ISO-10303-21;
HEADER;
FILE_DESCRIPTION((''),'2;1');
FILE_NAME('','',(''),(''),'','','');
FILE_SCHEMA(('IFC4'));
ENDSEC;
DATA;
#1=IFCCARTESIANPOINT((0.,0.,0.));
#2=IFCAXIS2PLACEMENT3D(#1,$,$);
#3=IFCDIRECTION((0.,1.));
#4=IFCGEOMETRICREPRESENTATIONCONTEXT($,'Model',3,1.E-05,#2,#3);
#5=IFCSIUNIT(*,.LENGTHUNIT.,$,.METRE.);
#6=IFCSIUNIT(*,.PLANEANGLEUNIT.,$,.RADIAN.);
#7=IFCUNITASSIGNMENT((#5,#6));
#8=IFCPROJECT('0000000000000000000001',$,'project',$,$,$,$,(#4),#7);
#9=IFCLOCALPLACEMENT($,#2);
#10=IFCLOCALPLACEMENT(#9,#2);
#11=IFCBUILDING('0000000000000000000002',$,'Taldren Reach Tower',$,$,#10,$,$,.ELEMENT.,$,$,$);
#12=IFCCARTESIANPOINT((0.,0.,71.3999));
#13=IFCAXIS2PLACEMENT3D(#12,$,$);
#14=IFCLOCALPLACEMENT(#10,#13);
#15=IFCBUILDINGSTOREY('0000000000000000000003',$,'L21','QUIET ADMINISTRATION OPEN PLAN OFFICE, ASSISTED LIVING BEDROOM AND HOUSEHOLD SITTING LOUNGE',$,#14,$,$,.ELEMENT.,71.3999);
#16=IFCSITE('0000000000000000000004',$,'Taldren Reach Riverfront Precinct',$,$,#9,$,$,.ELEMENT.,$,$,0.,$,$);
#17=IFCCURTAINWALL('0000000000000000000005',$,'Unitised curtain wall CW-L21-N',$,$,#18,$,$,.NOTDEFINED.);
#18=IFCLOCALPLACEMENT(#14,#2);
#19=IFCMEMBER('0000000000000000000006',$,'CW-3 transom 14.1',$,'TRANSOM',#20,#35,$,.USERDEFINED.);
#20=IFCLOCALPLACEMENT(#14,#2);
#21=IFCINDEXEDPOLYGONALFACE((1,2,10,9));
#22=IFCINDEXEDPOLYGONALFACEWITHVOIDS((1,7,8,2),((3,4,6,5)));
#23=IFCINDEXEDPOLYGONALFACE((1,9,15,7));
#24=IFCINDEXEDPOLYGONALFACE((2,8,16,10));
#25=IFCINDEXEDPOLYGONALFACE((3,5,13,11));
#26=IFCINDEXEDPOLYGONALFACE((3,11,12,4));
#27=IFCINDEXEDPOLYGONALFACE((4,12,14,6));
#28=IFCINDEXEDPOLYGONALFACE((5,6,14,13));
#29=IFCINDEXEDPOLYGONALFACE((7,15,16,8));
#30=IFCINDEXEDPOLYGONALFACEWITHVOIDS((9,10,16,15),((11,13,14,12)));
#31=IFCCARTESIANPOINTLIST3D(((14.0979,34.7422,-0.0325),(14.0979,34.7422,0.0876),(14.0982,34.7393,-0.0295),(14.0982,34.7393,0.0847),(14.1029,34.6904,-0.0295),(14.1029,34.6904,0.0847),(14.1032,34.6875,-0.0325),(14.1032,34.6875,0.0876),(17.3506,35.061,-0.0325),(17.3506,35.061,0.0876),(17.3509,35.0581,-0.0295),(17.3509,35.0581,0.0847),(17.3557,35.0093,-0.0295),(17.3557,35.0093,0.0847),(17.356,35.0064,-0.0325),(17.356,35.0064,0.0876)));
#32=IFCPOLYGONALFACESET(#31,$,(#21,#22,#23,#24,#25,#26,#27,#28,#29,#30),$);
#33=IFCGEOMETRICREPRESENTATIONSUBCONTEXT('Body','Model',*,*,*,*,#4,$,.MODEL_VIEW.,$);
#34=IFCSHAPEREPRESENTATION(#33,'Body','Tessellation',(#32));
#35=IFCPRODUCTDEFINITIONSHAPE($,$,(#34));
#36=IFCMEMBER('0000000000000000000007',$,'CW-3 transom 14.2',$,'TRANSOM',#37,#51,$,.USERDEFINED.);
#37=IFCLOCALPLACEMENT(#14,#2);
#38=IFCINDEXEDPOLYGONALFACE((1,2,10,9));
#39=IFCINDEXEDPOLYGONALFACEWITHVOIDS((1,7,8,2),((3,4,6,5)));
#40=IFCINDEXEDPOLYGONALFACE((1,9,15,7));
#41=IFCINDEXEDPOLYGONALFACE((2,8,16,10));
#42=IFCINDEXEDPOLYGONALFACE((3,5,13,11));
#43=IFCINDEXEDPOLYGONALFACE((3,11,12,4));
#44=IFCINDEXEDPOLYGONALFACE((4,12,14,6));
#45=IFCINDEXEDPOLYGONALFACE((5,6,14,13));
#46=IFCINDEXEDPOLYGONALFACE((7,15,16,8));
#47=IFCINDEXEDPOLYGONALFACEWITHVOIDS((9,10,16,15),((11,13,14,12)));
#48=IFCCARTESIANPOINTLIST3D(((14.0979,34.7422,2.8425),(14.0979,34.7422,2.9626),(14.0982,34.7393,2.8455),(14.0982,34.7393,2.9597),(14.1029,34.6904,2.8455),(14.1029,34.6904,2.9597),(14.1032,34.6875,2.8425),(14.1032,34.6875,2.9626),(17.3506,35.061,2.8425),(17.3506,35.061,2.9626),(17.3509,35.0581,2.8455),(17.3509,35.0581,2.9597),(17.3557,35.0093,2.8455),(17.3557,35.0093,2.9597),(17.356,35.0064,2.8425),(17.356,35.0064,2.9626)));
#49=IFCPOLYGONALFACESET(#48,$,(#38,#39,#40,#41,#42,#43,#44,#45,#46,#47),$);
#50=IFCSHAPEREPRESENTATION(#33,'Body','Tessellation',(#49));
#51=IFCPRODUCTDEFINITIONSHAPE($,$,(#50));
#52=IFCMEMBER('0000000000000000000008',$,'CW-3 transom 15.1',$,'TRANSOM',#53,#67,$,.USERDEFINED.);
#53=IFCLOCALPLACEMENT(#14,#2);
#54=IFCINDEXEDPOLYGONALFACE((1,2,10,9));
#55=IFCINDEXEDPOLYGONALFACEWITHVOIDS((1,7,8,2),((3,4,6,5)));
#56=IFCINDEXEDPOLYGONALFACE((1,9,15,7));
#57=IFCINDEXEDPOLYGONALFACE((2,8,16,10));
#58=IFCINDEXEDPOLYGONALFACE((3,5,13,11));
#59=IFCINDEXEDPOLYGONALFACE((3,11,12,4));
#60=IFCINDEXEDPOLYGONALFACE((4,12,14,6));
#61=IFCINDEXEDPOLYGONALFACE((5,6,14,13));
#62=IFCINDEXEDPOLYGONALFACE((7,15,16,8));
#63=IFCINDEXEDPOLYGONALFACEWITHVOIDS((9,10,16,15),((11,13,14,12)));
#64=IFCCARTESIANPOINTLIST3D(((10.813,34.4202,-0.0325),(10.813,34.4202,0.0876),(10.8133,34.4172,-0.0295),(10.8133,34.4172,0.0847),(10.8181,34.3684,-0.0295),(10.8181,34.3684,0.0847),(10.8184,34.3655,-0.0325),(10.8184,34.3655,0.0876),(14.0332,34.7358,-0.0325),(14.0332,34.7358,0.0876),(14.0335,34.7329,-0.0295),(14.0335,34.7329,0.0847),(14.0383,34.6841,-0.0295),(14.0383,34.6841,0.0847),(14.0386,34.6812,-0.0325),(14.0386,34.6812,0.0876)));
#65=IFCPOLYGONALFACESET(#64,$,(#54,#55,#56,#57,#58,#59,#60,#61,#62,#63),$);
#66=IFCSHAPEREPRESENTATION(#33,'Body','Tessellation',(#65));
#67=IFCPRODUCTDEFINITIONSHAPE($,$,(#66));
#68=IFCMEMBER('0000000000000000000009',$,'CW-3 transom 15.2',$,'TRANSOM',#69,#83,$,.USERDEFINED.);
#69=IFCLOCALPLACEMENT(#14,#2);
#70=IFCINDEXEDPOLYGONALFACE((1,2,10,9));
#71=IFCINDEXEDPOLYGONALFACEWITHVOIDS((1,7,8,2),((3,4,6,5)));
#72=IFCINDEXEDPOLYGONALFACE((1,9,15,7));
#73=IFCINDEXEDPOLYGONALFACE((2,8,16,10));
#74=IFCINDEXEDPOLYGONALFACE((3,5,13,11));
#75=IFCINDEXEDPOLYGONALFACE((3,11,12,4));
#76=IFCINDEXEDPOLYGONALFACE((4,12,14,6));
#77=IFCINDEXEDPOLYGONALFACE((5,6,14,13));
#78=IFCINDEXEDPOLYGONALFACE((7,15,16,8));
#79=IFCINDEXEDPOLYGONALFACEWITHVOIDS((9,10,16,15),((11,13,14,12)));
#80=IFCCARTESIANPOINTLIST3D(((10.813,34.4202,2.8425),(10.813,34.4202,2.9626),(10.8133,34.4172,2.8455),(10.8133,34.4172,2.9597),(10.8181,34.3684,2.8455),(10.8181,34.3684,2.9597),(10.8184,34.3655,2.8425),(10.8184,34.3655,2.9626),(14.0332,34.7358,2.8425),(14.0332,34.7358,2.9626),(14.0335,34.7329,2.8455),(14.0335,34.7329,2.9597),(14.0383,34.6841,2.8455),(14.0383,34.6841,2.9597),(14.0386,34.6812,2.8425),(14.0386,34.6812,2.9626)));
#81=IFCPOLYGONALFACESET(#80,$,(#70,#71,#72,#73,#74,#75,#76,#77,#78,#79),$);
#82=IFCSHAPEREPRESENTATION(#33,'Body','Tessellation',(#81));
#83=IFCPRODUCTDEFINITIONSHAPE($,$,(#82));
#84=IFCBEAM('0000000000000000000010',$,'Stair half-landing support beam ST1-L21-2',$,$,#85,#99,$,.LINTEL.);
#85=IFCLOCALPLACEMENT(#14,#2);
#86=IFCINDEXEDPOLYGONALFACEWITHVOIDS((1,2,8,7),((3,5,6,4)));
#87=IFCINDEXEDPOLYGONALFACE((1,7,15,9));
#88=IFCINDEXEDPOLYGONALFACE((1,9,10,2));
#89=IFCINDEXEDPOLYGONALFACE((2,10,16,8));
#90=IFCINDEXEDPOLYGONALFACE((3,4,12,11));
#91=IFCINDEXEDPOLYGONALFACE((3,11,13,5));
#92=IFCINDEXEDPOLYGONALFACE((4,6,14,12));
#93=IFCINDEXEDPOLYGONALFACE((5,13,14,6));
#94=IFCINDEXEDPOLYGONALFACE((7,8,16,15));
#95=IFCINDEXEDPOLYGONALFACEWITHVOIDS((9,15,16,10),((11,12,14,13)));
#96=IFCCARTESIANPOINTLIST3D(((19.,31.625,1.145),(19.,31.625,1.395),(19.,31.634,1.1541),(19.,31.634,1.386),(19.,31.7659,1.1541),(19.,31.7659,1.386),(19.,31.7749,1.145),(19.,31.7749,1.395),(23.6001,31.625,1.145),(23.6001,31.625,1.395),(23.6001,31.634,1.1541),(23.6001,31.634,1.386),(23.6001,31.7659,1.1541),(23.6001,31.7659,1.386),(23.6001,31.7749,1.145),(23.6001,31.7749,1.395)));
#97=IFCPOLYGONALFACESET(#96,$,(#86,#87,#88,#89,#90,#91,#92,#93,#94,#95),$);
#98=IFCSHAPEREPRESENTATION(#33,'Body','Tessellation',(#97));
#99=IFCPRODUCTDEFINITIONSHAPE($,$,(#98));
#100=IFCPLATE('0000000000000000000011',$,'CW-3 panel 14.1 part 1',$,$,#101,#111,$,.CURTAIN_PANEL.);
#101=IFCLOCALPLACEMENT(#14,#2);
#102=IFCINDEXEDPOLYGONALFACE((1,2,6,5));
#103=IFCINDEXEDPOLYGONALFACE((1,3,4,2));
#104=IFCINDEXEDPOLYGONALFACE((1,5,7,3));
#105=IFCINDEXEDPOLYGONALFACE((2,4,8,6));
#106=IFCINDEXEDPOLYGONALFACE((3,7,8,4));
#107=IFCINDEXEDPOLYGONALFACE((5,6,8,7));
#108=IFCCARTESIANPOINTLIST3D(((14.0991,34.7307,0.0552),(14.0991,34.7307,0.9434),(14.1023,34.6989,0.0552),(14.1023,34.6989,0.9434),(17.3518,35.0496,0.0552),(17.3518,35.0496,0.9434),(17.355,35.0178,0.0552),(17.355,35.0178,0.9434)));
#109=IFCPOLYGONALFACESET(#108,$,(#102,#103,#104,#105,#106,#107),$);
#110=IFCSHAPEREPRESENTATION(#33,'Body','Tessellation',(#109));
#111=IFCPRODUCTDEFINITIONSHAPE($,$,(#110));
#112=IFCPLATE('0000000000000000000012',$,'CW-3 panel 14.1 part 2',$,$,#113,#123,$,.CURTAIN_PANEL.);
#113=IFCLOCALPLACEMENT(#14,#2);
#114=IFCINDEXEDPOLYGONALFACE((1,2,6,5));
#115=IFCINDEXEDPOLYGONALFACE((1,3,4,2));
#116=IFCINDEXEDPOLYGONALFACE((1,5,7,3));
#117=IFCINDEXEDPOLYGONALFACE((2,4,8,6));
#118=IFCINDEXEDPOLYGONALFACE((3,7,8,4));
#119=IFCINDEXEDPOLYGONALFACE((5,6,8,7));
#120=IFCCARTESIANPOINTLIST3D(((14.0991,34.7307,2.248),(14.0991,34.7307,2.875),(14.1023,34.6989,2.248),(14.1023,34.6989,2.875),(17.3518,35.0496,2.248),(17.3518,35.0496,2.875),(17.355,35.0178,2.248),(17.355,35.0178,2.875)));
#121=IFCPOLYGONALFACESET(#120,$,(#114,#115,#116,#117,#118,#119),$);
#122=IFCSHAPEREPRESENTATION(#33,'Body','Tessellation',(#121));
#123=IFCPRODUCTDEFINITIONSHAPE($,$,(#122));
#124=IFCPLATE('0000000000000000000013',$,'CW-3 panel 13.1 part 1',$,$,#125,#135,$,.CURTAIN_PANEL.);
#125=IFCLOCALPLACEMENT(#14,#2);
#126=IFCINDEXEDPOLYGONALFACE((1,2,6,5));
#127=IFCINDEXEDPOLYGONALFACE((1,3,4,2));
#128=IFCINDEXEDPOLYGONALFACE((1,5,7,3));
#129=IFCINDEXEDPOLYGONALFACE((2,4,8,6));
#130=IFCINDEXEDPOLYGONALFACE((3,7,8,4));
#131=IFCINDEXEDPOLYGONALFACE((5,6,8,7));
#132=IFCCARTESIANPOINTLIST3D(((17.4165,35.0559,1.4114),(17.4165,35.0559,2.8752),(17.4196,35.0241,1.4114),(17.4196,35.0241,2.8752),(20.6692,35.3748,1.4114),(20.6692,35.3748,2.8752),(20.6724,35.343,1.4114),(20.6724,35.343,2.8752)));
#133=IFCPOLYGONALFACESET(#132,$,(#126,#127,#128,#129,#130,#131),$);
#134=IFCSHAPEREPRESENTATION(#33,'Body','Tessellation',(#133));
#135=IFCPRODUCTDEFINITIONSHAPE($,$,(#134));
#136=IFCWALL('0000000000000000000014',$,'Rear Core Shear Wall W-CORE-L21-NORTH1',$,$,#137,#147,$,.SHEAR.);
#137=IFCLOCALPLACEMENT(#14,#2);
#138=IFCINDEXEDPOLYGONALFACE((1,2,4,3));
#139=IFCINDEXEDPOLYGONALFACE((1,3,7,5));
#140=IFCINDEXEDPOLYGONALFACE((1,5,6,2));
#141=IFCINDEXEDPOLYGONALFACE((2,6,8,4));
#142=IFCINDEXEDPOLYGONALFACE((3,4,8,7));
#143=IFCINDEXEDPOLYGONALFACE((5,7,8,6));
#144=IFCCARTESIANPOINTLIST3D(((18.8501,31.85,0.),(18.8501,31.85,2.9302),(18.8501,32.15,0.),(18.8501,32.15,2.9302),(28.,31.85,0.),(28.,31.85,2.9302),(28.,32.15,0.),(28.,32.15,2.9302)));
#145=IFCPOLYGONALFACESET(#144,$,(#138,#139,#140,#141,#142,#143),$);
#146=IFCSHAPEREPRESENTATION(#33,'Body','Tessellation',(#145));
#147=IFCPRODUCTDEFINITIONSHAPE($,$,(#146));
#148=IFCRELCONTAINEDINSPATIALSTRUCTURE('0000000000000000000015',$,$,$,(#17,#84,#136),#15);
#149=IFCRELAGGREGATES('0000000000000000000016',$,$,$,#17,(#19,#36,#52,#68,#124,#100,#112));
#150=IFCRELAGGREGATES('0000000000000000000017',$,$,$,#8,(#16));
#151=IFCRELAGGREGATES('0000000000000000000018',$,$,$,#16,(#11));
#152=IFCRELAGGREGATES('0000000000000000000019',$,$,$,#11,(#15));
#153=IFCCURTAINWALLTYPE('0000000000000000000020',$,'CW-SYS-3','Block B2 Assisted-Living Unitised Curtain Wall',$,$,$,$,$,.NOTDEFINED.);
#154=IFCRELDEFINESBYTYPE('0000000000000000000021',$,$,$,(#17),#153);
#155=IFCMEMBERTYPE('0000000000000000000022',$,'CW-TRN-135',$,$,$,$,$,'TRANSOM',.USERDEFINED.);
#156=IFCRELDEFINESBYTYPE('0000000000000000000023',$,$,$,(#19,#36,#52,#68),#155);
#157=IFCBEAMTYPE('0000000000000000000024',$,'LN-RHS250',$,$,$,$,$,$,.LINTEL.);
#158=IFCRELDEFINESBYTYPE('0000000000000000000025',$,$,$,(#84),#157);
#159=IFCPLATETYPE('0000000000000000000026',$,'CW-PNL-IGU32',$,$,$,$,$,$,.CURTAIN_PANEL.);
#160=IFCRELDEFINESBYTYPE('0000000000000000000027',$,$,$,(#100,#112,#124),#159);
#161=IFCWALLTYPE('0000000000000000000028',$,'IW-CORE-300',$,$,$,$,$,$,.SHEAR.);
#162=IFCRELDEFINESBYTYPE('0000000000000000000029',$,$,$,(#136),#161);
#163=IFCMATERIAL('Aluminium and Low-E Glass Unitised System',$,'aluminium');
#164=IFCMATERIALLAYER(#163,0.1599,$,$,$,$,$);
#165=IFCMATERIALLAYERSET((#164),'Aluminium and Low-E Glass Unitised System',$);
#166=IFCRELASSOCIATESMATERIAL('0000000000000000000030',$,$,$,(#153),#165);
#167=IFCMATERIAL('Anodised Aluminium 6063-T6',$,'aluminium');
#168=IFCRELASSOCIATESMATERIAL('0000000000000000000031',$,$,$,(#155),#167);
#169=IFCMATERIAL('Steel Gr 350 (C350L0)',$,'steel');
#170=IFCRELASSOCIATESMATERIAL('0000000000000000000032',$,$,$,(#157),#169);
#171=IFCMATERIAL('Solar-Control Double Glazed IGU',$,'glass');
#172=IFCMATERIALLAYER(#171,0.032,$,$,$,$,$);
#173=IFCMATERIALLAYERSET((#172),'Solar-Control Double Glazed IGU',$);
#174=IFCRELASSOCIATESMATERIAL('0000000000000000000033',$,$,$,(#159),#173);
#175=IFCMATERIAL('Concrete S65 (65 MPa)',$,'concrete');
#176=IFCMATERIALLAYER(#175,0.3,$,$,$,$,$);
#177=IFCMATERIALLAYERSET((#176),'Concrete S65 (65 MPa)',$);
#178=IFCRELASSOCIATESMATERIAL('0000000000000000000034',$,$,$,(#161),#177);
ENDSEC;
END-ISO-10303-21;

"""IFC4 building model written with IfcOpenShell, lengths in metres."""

from ifc_helpers import new_model, si_unit, direction, frame, frame_2d, origin, origin_2d, place, context, subcontext, project, spatial, rectangle, hollow_rectangle, extrude, source, transform, mapped, material, layer, layer_set, material_profile, profile_set, type_object, element, aggregate, save


model = new_model("IFC4")

# Units and contexts
model_context = context("Model", 3, precision=1e-05, world=origin(), true_north=direction((0.0, 1.0)))
body_context = subcontext(model_context, "Body", "Model", "MODEL_VIEW")
ifc_project = project(units=[si_unit("LENGTHUNIT", "METRE"), si_unit("PLANEANGLEUNIT", "RADIAN")], contexts=[model_context])

# Site, building, storey
site_placement = place(None, origin())
site = spatial("IfcSite", under=ifc_project, at=site_placement, Name="Taldren Reach Riverfront Precinct", CompositionType="ELEMENT", RefElevation=0.0)
building_placement = place(site_placement, origin())
building = spatial("IfcBuilding", under=site, at=building_placement, Name="Taldren Reach Tower", CompositionType="ELEMENT")
storey_placement = place(building_placement, frame((0.0, 0.0, 71.3999)))
storey = spatial("IfcBuildingStorey", under=building, at=storey_placement, Name="L21", Description="QUIET ADMINISTRATION OPEN PLAN OFFICE, ASSISTED LIVING BEDROOM AND HOUSEHOLD SITTING LOUNGE", CompositionType="ELEMENT", Elevation=71.3999)

# Shared definitions
ifc_material_1 = material(Name="Concrete S65 (65 MPa)", Category="concrete")

# Curtain wall, members
ifc_material_2 = material(Name="Aluminium and Low-E Glass Unitised System", Category="aluminium")
ifc_layer_1 = layer(ifc_material_2, 0.1599)
ifc_layer_set_1 = layer_set([ifc_layer_1], Name="Aluminium and Low-E Glass Unitised System")
curtain_wall_type = type_object("IfcCurtainWallType", Name="CW-SYS-3", Description="Block B2 Assisted-Living Unitised Curtain Wall", PredefinedType="NOTDEFINED", material=ifc_layer_set_1)
curtain_wall_placement = place(storey_placement, origin())
curtain_wall = element("IfcCurtainWall", 1, at=curtain_wall_placement, inside=storey, type_object=curtain_wall_type, Name="Unitised curtain wall CW-L21-N", PredefinedType="NOTDEFINED")
ifc_material_3 = material(Name="Anodised Aluminium 6063-T6", Category="aluminium")
ifc_material_profile_1 = material_profile(ifc_material_3, hollow_rectangle(XDim=0.0549, YDim=0.1201, WallThickness=0.0029, at=origin_2d()), Name="ALU-120x55x3RHS")
ifc_profile_set_1 = profile_set([ifc_material_profile_1], Name="Anodised Aluminium 6063-T6")
member_type_1 = type_object("IfcMemberType", Name="CW-TRN-135", ElementType="TRANSOM", PredefinedType="USERDEFINED", material=ifc_profile_set_1)
shared_shape_1 = source(origin(), body_context, "Body", "SweptSolid", [
    extrude(hollow_rectangle(XDim=0.0549, YDim=0.1201, WallThickness=0.0029, at=origin_2d()), origin(), (0.0, 0.0, 1.0), 3.2683),
])
member_1_placement = place(storey_placement, frame((17.3533, 35.0337, 0.0276), z_axis=(-0.99523, -0.097558, 0.0), x_axis=(0.097558, -0.99523, 0.0)))
member_1 = element("IfcMember", 2, at=member_1_placement, type_object=member_type_1, Name="CW-3 transom 14.1", ObjectType="TRANSOM", PredefinedType="USERDEFINED", context=body_context, shape_type="MappedRepresentation", body=[
    mapped(shared_shape_1, transform((0.0, 0.0, 0.0), scale=1.0)),
])
member_2_placement = place(storey_placement, frame((17.3533, 35.0337, 2.9026), z_axis=(-0.99523, -0.097558, 0.0), x_axis=(0.097558, -0.99523, 0.0)))
member_2 = element("IfcMember", 3, at=member_2_placement, type_object=member_type_1, Name="CW-3 transom 14.2", ObjectType="TRANSOM", PredefinedType="USERDEFINED", context=body_context, shape_type="MappedRepresentation", body=[
    mapped(shared_shape_1, transform((0.0, 0.0, 0.0), scale=1.0)),
])
shared_shape_2 = source(origin(), body_context, "Body", "SweptSolid", [
    extrude(hollow_rectangle(XDim=0.0549, YDim=0.1201, WallThickness=0.0029, at=origin_2d()), origin(), (0.0, 0.0, 1.0), 3.2356),
])
member_3_placement = place(storey_placement, frame((14.0359, 34.7085, 0.0276), z_axis=(-0.99523, -0.097561, 0.0), x_axis=(0.097561, -0.99523, 0.0)))
member_3 = element("IfcMember", 4, at=member_3_placement, type_object=member_type_1, Name="CW-3 transom 15.1", ObjectType="TRANSOM", PredefinedType="USERDEFINED", context=body_context, shape_type="MappedRepresentation", body=[
    mapped(shared_shape_2, transform((0.0, 0.0, 0.0), scale=1.0)),
])
member_4_placement = place(storey_placement, frame((14.0359, 34.7085, 2.9026), z_axis=(-0.99523, -0.097561, 0.0), x_axis=(0.097561, -0.99523, 0.0)))
member_4 = element("IfcMember", 5, at=member_4_placement, type_object=member_type_1, Name="CW-3 transom 15.2", ObjectType="TRANSOM", PredefinedType="USERDEFINED", context=body_context, shape_type="MappedRepresentation", body=[
    mapped(shared_shape_2, transform((0.0, 0.0, 0.0), scale=1.0)),
])

# Beam
ifc_material_4 = material(Name="Steel Gr 350 (C350L0)", Category="steel")
ifc_material_profile_2 = material_profile(ifc_material_4, hollow_rectangle(XDim=0.1499, YDim=0.25, WallThickness=0.009, at=origin_2d()), Name="250x150x9.0RHS")
ifc_profile_set_2 = profile_set([ifc_material_profile_2], Name="Steel Gr 350 (C350L0)")
beam_type_1 = type_object("IfcBeamType", Name="LN-RHS250", PredefinedType="LINTEL", material=ifc_profile_set_2)
shared_shape_3 = source(origin(), body_context, "Body", "SweptSolid", [
    extrude(hollow_rectangle(XDim=0.1499, YDim=0.25, WallThickness=0.009, at=origin_2d()), origin(), (0.0, 0.0, 1.0), 4.6001),
])
beam_1_placement = place(storey_placement, frame((19.0, 31.7, 1.27), z_axis=(1.0, 0.0, 0.0), x_axis=(0.0, 1.0, 0.0)))
element("IfcBeam", 6, at=beam_1_placement, inside=storey, type_object=beam_type_1, Name="Stair half-landing support beam ST1-L21-2", PredefinedType="LINTEL", context=body_context, shape_type="MappedRepresentation", body=[
    mapped(shared_shape_3, transform((0.0, 0.0, 0.0), scale=1.0)),
])

# Plates
ifc_material_5 = material(Name="Solar-Control Double Glazed IGU", Category="glass")
ifc_layer_2 = layer(ifc_material_5, 0.032)
ifc_layer_set_2 = layer_set([ifc_layer_2], Name="Solar-Control Double Glazed IGU")
plate_type = type_object("IfcPlateType", Name="CW-PNL-IGU32", PredefinedType="CURTAIN_PANEL", material=ifc_layer_set_2)
shared_shape_4 = source(origin(), body_context, "Body", "SweptSolid", [
    extrude(rectangle(XDim=3.2683, YDim=0.032, at=origin_2d()), origin(), (0.0, 0.0, 1.0), 0.8882),
])
plate_1_placement = place(storey_placement, frame((15.7271, 34.8743, 0.0552), z_axis=(0.0, 0.0, 1.0), x_axis=(-0.995227, -0.097583, 0.0)))
plate_1 = element("IfcPlate", 7, at=plate_1_placement, type_object=plate_type, Name="CW-3 panel 14.1 part 1", PredefinedType="CURTAIN_PANEL", context=body_context, shape_type="MappedRepresentation", body=[
    mapped(shared_shape_4, transform((0.0, 0.0, 0.0), scale=1.0)),
])
shared_shape_5 = source(origin(), body_context, "Body", "SweptSolid", [
    extrude(rectangle(XDim=3.2683, YDim=0.032, at=origin_2d()), origin(), (0.0, 0.0, 1.0), 0.627),
])
plate_2_placement = place(storey_placement, frame((15.7271, 34.8743, 2.248), z_axis=(0.0, 0.0, 1.0), x_axis=(-0.995227, -0.097583, 0.0)))
plate_2 = element("IfcPlate", 8, at=plate_2_placement, type_object=plate_type, Name="CW-3 panel 14.1 part 2", PredefinedType="CURTAIN_PANEL", context=body_context, shape_type="MappedRepresentation", body=[
    mapped(shared_shape_5, transform((0.0, 0.0, 0.0), scale=1.0)),
])
shared_shape_6 = source(origin(), body_context, "Body", "SweptSolid", [
    extrude(rectangle(XDim=3.2683, YDim=0.032, at=origin_2d()), origin(), (0.0, 0.0, 1.0), 1.4639),
])
plate_3_placement = place(storey_placement, frame((19.0444, 35.1995, 1.4114), z_axis=(0.0, 0.0, 1.0), x_axis=(-0.995227, -0.097583, 0.0)))
plate_3 = element("IfcPlate", 9, at=plate_3_placement, type_object=plate_type, Name="CW-3 panel 13.1 part 1", PredefinedType="CURTAIN_PANEL", context=body_context, shape_type="MappedRepresentation", body=[
    mapped(shared_shape_6, transform((0.0, 0.0, 0.0), scale=1.0)),
])
aggregate(curtain_wall, [member_1, member_2, member_3, member_4, plate_3, plate_1, plate_2])

# Wall
ifc_layer_3 = layer(ifc_material_1, 0.3)
ifc_layer_set_3 = layer_set([ifc_layer_3], Name="Concrete S65 (65 MPa)")
wall_type_1 = type_object("IfcWallType", Name="IW-CORE-300", PredefinedType="SHEAR", material=ifc_layer_set_3)
shared_shape_7 = source(origin(), body_context, "Body", "SweptSolid", [
    extrude(rectangle(XDim=9.1499, YDim=0.3, at=frame_2d((4.575, 0.0))), origin(), (0.0, 0.0, 1.0), 2.9302),
])
wall_1_placement = place(storey_placement, frame((18.8501, 32.0, 0.0), z_axis=(0.0, 0.0, 1.0), x_axis=(1.0, 0.0, 0.0)))
element("IfcWall", 10, at=wall_1_placement, inside=storey, type_object=wall_type_1, Name="Rear Core Shear Wall W-CORE-L21-NORTH1", PredefinedType="SHEAR", context=body_context, shape_type="MappedRepresentation", body=[
    mapped(shared_shape_7, transform((0.0, 0.0, 0.0), scale=1.0)),
])

save(model, "model.ifc")
